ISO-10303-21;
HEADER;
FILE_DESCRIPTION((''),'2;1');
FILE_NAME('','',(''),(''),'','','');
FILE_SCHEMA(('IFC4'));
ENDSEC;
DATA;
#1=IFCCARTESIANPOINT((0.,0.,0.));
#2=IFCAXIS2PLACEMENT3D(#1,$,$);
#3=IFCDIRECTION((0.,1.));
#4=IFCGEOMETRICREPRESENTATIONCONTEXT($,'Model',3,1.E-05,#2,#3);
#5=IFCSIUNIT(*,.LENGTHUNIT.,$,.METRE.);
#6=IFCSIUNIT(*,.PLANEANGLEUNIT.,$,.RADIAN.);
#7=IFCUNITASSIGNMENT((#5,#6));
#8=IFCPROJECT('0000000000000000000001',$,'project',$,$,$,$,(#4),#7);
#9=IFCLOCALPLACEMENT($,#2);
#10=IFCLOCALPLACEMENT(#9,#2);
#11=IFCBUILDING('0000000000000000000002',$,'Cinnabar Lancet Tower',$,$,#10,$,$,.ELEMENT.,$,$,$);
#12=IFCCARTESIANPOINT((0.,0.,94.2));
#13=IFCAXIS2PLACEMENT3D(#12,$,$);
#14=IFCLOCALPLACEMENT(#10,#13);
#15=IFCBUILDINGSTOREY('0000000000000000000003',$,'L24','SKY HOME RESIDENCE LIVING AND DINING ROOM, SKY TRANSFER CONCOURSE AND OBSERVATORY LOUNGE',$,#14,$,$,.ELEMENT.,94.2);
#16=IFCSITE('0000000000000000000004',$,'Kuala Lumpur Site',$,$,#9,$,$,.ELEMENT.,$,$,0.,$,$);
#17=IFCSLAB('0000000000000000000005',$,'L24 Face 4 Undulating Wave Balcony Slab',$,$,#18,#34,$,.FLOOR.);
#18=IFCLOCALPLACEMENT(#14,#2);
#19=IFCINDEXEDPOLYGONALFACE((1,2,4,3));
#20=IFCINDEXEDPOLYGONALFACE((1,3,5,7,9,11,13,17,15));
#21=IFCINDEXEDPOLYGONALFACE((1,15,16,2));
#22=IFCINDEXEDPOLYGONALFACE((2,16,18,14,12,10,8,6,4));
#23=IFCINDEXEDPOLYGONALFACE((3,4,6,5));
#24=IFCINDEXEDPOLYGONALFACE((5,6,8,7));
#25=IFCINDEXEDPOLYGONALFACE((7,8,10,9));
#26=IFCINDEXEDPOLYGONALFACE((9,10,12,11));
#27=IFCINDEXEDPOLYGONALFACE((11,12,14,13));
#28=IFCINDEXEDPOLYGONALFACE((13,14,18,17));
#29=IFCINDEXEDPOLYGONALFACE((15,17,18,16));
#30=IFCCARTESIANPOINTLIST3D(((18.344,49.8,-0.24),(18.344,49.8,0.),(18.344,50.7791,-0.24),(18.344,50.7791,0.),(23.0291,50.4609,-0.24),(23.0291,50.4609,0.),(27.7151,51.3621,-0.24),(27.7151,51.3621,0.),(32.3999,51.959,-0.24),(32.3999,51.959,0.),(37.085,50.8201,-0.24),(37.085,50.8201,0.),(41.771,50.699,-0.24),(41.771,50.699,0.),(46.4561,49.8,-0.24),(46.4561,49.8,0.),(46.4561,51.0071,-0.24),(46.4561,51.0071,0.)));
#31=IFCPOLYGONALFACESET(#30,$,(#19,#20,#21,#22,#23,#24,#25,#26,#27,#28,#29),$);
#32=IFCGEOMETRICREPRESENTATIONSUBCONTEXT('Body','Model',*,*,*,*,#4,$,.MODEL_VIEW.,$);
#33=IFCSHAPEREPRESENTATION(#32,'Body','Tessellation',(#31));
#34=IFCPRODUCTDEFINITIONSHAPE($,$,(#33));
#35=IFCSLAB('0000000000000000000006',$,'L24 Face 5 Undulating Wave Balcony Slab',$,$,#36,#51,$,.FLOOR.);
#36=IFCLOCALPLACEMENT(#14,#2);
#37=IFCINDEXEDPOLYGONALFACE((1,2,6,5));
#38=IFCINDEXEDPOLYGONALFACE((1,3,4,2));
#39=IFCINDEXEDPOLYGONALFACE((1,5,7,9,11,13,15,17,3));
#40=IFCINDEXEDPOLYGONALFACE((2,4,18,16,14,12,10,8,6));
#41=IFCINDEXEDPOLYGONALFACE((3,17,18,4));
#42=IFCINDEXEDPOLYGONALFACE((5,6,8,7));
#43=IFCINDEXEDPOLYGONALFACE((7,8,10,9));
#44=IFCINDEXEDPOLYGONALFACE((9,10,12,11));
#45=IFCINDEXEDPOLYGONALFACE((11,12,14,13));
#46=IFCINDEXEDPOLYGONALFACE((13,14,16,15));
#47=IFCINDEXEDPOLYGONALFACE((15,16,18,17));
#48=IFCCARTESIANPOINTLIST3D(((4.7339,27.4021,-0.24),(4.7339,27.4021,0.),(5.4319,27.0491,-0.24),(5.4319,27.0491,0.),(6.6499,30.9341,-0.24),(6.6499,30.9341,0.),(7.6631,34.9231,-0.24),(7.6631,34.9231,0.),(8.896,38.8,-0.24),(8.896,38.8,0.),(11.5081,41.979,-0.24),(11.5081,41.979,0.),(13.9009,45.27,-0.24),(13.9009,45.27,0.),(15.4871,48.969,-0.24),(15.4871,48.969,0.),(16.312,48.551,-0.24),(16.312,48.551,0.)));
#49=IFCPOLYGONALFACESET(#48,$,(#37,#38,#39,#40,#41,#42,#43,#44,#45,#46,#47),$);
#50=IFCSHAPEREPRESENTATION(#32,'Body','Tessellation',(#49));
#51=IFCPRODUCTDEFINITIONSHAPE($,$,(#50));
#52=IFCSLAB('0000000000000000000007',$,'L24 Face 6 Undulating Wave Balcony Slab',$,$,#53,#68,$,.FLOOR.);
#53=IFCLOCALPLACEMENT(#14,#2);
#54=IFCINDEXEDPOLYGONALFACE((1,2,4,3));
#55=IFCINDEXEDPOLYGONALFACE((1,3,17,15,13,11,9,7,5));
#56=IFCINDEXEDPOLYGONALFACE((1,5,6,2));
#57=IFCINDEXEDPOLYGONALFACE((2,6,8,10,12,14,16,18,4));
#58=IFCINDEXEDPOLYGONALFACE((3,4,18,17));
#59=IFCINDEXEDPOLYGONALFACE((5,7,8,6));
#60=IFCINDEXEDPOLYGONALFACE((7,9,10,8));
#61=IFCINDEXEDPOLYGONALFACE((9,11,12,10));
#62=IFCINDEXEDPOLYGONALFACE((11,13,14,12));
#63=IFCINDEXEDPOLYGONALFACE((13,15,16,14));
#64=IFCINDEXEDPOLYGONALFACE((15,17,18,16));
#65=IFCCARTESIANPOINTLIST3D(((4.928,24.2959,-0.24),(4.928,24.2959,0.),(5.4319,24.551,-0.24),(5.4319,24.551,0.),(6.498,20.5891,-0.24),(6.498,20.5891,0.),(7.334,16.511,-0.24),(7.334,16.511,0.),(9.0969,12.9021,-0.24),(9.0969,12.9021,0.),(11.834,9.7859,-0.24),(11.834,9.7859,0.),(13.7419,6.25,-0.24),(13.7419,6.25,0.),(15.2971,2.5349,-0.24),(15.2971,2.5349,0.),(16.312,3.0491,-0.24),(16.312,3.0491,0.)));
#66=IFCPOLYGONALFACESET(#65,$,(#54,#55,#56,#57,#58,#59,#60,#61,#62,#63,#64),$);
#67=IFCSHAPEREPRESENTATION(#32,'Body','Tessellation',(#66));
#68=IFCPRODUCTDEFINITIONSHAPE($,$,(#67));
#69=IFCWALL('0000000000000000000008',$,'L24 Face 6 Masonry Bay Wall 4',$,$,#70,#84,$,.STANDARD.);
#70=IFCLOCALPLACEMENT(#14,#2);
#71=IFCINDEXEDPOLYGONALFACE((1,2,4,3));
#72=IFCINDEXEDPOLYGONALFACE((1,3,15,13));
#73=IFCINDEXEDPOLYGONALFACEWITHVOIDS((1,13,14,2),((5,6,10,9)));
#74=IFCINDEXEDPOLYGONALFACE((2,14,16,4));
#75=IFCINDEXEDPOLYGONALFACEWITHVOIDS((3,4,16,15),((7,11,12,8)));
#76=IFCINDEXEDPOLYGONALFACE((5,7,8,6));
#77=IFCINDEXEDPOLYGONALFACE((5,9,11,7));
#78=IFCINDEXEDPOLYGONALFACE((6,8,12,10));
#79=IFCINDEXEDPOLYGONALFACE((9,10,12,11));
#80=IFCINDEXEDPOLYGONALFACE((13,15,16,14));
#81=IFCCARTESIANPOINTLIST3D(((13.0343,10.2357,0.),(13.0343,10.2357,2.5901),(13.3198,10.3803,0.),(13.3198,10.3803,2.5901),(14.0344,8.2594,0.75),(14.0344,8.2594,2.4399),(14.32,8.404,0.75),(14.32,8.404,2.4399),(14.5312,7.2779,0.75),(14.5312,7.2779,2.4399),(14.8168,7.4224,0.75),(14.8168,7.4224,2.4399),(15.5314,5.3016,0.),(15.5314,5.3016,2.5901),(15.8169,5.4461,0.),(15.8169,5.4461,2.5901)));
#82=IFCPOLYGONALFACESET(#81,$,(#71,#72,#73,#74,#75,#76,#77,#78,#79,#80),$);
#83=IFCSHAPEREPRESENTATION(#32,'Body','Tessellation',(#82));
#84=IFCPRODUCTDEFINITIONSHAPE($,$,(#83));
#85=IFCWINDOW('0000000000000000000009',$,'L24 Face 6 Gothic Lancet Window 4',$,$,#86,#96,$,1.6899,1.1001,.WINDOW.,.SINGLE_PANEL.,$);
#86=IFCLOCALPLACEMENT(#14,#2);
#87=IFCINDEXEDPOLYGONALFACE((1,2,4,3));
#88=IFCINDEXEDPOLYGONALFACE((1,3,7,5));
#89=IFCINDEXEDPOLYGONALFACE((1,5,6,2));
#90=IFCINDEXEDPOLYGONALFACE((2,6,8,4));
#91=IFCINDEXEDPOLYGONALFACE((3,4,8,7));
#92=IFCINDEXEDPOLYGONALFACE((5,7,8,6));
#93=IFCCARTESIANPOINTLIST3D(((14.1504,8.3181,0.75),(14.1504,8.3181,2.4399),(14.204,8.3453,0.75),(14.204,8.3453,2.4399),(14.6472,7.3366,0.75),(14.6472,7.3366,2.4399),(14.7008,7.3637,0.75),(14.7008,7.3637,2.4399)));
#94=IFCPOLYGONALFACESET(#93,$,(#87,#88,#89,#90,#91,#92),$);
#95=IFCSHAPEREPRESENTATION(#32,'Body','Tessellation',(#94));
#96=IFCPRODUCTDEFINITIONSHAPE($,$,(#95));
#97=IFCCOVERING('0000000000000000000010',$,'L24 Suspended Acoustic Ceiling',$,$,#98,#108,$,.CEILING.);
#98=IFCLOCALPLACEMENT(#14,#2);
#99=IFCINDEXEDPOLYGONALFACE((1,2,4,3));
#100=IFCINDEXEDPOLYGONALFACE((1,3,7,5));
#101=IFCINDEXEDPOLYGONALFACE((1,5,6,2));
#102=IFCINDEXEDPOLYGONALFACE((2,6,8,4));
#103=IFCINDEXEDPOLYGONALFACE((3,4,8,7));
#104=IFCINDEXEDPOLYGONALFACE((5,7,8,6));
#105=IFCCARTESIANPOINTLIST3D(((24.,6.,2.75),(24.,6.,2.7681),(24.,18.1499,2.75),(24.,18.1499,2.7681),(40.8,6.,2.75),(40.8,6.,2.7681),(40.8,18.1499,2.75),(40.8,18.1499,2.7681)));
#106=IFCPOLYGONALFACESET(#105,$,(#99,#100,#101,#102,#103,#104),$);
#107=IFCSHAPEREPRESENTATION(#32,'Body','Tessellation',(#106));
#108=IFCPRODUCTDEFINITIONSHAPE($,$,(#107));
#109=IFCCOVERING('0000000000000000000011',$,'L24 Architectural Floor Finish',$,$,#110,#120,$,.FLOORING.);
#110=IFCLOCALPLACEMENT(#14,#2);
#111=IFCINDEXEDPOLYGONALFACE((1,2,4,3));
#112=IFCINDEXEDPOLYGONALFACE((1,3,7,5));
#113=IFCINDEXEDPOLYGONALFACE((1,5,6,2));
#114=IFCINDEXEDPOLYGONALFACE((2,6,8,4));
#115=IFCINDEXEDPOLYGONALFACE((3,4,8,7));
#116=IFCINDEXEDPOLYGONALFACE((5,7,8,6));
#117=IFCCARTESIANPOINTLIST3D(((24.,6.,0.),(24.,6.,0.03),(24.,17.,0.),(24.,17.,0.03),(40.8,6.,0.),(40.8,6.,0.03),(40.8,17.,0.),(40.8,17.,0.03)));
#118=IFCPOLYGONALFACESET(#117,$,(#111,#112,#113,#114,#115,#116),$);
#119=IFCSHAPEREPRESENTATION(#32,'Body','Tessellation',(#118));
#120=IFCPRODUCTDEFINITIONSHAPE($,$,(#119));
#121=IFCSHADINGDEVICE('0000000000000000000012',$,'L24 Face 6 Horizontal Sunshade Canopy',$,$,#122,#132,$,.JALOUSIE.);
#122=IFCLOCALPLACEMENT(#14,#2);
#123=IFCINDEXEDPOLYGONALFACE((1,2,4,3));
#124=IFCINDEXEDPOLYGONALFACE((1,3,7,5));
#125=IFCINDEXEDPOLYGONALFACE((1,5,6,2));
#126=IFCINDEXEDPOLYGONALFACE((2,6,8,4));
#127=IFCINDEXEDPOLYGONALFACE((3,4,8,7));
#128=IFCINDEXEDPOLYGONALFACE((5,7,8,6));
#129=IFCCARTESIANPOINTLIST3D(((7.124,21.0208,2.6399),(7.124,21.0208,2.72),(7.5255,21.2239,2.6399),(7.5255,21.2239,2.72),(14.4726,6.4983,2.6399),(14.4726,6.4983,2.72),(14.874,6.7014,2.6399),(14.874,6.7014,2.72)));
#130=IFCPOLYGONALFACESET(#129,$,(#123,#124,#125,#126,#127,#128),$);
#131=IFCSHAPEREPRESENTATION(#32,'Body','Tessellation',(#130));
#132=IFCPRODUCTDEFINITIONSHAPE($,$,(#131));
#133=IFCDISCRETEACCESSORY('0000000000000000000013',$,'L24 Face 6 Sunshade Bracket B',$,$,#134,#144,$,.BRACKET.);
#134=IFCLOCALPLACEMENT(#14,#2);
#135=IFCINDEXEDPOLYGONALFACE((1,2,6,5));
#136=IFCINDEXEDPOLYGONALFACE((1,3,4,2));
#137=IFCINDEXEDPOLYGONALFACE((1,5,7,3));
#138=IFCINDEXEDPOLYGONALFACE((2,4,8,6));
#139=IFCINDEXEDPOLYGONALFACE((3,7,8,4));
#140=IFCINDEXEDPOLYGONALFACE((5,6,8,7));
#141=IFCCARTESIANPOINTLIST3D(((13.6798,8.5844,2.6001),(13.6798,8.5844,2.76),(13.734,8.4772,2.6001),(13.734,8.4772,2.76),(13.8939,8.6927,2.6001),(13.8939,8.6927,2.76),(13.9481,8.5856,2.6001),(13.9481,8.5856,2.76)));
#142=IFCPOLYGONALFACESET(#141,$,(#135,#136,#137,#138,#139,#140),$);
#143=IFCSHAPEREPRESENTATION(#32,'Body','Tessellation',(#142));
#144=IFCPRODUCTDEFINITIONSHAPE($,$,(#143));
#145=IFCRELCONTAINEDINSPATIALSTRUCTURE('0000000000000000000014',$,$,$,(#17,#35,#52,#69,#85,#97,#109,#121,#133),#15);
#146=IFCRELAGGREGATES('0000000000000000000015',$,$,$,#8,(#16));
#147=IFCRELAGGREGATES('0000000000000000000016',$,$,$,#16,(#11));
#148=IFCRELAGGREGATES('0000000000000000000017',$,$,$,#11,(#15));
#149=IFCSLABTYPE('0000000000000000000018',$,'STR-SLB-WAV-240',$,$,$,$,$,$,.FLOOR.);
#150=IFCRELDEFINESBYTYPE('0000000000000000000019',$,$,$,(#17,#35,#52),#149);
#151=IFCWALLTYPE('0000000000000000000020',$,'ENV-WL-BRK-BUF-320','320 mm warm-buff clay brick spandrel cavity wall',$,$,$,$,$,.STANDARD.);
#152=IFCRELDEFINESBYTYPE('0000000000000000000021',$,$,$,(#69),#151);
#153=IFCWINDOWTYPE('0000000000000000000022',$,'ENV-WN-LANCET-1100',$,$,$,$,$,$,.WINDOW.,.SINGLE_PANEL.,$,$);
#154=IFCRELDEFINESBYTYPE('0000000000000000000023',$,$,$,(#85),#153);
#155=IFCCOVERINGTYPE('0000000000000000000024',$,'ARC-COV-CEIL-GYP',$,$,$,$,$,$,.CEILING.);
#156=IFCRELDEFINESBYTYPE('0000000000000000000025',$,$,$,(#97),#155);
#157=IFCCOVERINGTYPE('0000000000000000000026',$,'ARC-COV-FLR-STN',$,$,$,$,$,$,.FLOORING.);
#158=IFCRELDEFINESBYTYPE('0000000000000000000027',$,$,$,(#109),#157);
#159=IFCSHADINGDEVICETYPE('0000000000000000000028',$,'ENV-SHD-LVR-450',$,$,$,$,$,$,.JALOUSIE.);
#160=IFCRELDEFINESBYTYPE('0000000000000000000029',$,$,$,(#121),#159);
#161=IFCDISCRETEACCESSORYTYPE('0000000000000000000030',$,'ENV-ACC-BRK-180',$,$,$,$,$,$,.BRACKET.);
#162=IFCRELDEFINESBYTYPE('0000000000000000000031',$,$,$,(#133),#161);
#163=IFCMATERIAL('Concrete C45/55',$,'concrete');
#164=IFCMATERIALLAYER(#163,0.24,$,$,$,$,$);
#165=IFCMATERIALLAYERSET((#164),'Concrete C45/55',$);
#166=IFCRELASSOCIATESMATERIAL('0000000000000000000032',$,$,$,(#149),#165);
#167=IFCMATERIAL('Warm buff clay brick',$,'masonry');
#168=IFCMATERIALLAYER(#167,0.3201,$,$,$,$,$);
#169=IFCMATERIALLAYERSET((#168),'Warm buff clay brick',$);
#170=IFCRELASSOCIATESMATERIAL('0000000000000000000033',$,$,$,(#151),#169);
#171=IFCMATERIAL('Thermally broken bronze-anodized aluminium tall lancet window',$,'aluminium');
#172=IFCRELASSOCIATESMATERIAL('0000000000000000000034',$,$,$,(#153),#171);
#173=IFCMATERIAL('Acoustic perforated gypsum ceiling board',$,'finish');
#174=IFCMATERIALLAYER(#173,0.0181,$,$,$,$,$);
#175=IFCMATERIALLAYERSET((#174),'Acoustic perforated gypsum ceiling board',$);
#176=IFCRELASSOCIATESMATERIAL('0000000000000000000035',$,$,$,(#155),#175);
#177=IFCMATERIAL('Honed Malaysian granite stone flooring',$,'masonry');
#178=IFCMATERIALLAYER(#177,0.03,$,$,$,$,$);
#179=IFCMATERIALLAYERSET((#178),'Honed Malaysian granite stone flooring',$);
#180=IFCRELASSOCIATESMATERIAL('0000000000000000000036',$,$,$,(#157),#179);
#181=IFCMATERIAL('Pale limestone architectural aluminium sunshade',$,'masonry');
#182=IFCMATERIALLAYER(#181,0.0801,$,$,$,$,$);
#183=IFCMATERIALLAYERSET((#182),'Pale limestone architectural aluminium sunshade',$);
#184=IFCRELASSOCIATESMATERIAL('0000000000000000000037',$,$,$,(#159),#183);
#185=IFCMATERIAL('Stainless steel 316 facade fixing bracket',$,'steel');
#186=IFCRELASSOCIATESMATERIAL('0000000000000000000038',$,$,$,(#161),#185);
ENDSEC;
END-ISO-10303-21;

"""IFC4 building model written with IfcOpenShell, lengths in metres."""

from ifc_helpers import new_model, si_unit, direction, frame, frame_2d, origin, origin_2d, place, context, subcontext, project, spatial, polyline, rectangle, outline, extrude, material, layer, layer_set, type_object, element, fill, save


model = new_model("IFC4")

# Units and contexts
model_context = context("Model", 3, precision=1e-05, world=origin(), true_north=direction((0.0, 1.0)))
body_context = subcontext(model_context, "Body", "Model", "MODEL_VIEW")
ifc_project = project(units=[si_unit("LENGTHUNIT", "METRE"), si_unit("PLANEANGLEUNIT", "RADIAN")], contexts=[model_context])

# Site, building, storey
site_placement = place(None, origin())
site = spatial("IfcSite", under=ifc_project, at=site_placement, Name="Kuala Lumpur Site", CompositionType="ELEMENT", RefElevation=0.0)
building_placement = place(site_placement, origin())
building = spatial("IfcBuilding", under=site, at=building_placement, Name="Cinnabar Lancet Tower", CompositionType="ELEMENT")
storey_placement = place(building_placement, frame((0.0, 0.0, 94.2)))
storey = spatial("IfcBuildingStorey", under=building, at=storey_placement, Name="L24", Description="SKY HOME RESIDENCE LIVING AND DINING ROOM, SKY TRANSFER CONCOURSE AND OBSERVATORY LOUNGE", CompositionType="ELEMENT", Elevation=94.2)

# Slabs
ifc_material_1 = material(Name="Concrete C45/55", Category="concrete")
ifc_layer_1 = layer(ifc_material_1, 0.24)
ifc_layer_set_1 = layer_set([ifc_layer_1], Name="Concrete C45/55")
slab_type_1 = type_object("IfcSlabType", Name="STR-SLB-WAV-240", PredefinedType="FLOOR", material=ifc_layer_set_1)
slab_1_placement = place(storey_placement, frame((0.0, 0.0, -0.24)))
element("IfcSlab", 1, at=slab_1_placement, inside=storey, type_object=slab_type_1, Name="L24 Face 4 Undulating Wave Balcony Slab", PredefinedType="FLOOR", context=body_context, shape_type="SweptSolid", body=[
    extrude(outline(polyline([(46.4561, 49.8), (46.4561, 51.0071), (41.771, 50.699), (37.085, 50.8201), (32.3999, 51.959), (27.7151, 51.3621), (23.0291, 50.4609), (18.344, 50.7791), (18.344, 49.8), (46.4561, 49.8)])), origin(), (0.0, 0.0, 1.0), 0.24),
])
slab_2_placement = place(storey_placement, frame((0.0, 0.0, -0.24)))
element("IfcSlab", 2, at=slab_2_placement, inside=storey, type_object=slab_type_1, Name="L24 Face 5 Undulating Wave Balcony Slab", PredefinedType="FLOOR", context=body_context, shape_type="SweptSolid", body=[
    extrude(outline(polyline([(16.312, 48.551), (15.4871, 48.969), (13.9009, 45.27), (11.5081, 41.979), (8.896, 38.8), (7.6631, 34.9231), (6.6499, 30.9341), (4.7339, 27.4021), (5.4319, 27.0491), (16.312, 48.551)])), origin(), (0.0, 0.0, 1.0), 0.24),
])
slab_3_placement = place(storey_placement, frame((0.0, 0.0, -0.24)))
element("IfcSlab", 3, at=slab_3_placement, inside=storey, type_object=slab_type_1, Name="L24 Face 6 Undulating Wave Balcony Slab", PredefinedType="FLOOR", context=body_context, shape_type="SweptSolid", body=[
    extrude(outline(polyline([(5.4319, 24.551), (4.928, 24.2959), (6.498, 20.5891), (7.334, 16.511), (9.0969, 12.9021), (11.834, 9.7859), (13.7419, 6.25), (15.2971, 2.5349), (16.312, 3.0491), (5.4319, 24.551)])), origin(), (0.0, 0.0, 1.0), 0.24),
])

# Wall, opening, window
ifc_material_2 = material(Name="Warm buff clay brick", Category="masonry")
ifc_layer_2 = layer(ifc_material_2, 0.3201)
ifc_layer_set_2 = layer_set([ifc_layer_2], Name="Warm buff clay brick")
wall_type = type_object("IfcWallType", Name="ENV-WL-BRK-BUF-320", Description="320 mm warm-buff clay brick spandrel cavity wall", PredefinedType="STANDARD", material=ifc_layer_set_2)
wall_placement = place(storey_placement, frame((13.177, 10.3081, 0.0), z_axis=(0.0, 0.0, 1.0), x_axis=(0.451553, -0.892245, 0.0)))
wall = element("IfcWall", 4, at=wall_placement, inside=storey, type_object=wall_type, Name="L24 Face 6 Masonry Bay Wall 4", PredefinedType="STANDARD", context=body_context, shape_type="SweptSolid", body=[
    extrude(rectangle(XDim=5.53, YDim=0.3201, at=frame_2d((2.7651, 0.0))), origin(), (0.0, 0.0, 1.0), 2.5901),
])
opening_placement = place(wall_placement, frame((2.2151, 0.0, 0.75)))
opening = element("IfcOpeningElement", 5, at=opening_placement, cuts=wall, PredefinedType="OPENING", context=body_context, shape_type="SweptSolid", body=[
    extrude(rectangle(XDim=1.1001, YDim=1.6899, at=frame_2d((0.55, 0.845))), frame((0.0, 0.1699, 0.0), z_axis=(0.0, -1.0, 0.0), x_axis=(1.0, 0.0, 0.0)), (0.0, 0.0, 1.0), 0.3401),
])
ifc_material_3 = material(Name="Thermally broken bronze-anodized aluminium tall lancet window", Category="aluminium")
window_type = type_object("IfcWindowType", Name="ENV-WN-LANCET-1100", PartitioningType="SINGLE_PANEL", PredefinedType="WINDOW", material=ifc_material_3)
window_placement = place(opening_placement, origin())
window = element("IfcWindow", 6, at=window_placement, inside=storey, type_object=window_type, Name="L24 Face 6 Gothic Lancet Window 4", OverallHeight=1.6899, OverallWidth=1.1001, PartitioningType="SINGLE_PANEL", PredefinedType="WINDOW", context=body_context, shape_type="SweptSolid", body=[
    extrude(rectangle(XDim=1.1001, YDim=1.6899, at=frame_2d((0.55, 0.845))), frame((0.0, 0.03, 0.0), z_axis=(0.0, -1.0, 0.0), x_axis=(1.0, 0.0, 0.0)), (0.0, 0.0, 1.0), 0.0601),
])
fill(opening, window)

# Coverings
ifc_material_4 = material(Name="Acoustic perforated gypsum ceiling board", Category="finish")
ifc_layer_3 = layer(ifc_material_4, 0.0181)
ifc_layer_set_3 = layer_set([ifc_layer_3], Name="Acoustic perforated gypsum ceiling board")
covering_type_1 = type_object("IfcCoveringType", Name="ARC-COV-CEIL-GYP", PredefinedType="CEILING", material=ifc_layer_set_3)
covering_1_placement = place(storey_placement, frame((0.0, 0.0, 2.75)))
element("IfcCovering", 7, at=covering_1_placement, inside=storey, type_object=covering_type_1, Name="L24 Suspended Acoustic Ceiling", PredefinedType="CEILING", context=body_context, shape_type="SweptSolid", body=[
    extrude(outline(polyline([(24.0, 6.0), (40.8, 6.0), (40.8, 18.1499), (24.0, 18.1499), (24.0, 6.0)])), origin(), (0.0, 0.0, 1.0), 0.0181),
])
ifc_material_5 = material(Name="Honed Malaysian granite stone flooring", Category="masonry")
ifc_layer_4 = layer(ifc_material_5, 0.03)
ifc_layer_set_4 = layer_set([ifc_layer_4], Name="Honed Malaysian granite stone flooring")
covering_type_2 = type_object("IfcCoveringType", Name="ARC-COV-FLR-STN", PredefinedType="FLOORING", material=ifc_layer_set_4)
covering_2_placement = place(storey_placement, origin())
element("IfcCovering", 8, at=covering_2_placement, inside=storey, type_object=covering_type_2, Name="L24 Architectural Floor Finish", PredefinedType="FLOORING", context=body_context, shape_type="SweptSolid", body=[
    extrude(outline(polyline([(24.0, 6.0), (40.8, 6.0), (40.8, 17.0), (24.0, 17.0), (24.0, 6.0)])), origin(), (0.0, 0.0, 1.0), 0.03),
])

# Shading device
ifc_material_6 = material(Name="Pale limestone architectural aluminium sunshade", Category="masonry")
ifc_layer_5 = layer(ifc_material_6, 0.0801)
ifc_layer_set_5 = layer_set([ifc_layer_5], Name="Pale limestone architectural aluminium sunshade")
shading_device_type = type_object("IfcShadingDeviceType", Name="ENV-SHD-LVR-450", PredefinedType="JALOUSIE", material=ifc_layer_set_5)
shading_device_placement = place(storey_placement, frame((10.999, 13.8611, 2.6399), z_axis=(0.0, 0.0, 1.0), x_axis=(0.451501, -0.892271, 0.0)))
element("IfcShadingDevice", 9, at=shading_device_placement, inside=storey, type_object=shading_device_type, Name="L24 Face 6 Horizontal Sunshade Canopy", PredefinedType="JALOUSIE", context=body_context, shape_type="SweptSolid", body=[
    extrude(rectangle(XDim=16.2759, YDim=0.45, at=origin_2d()), origin(), (0.0, 0.0, 1.0), 0.0801),
])

# Discrete accessory
ifc_material_7 = material(Name="Stainless steel 316 facade fixing bracket", Category="steel")
discrete_accessory_type = type_object("IfcDiscreteAccessoryType", Name="ENV-ACC-BRK-180", PredefinedType="BRACKET", material=ifc_material_7)
discrete_accessory_placement = place(storey_placement, frame((13.814, 8.585, 2.6001), z_axis=(0.0, 0.0, 1.0), x_axis=(0.451501, -0.892271, 0.0)))
element("IfcDiscreteAccessory", 10, at=discrete_accessory_placement, inside=storey, type_object=discrete_accessory_type, Name="L24 Face 6 Sunshade Bracket B", PredefinedType="BRACKET", context=body_context, shape_type="SweptSolid", body=[
    extrude(rectangle(XDim=0.1201, YDim=0.24, at=origin_2d()), origin(), (0.0, 0.0, 1.0), 0.1599),
])

save(model, "model.ifc")
